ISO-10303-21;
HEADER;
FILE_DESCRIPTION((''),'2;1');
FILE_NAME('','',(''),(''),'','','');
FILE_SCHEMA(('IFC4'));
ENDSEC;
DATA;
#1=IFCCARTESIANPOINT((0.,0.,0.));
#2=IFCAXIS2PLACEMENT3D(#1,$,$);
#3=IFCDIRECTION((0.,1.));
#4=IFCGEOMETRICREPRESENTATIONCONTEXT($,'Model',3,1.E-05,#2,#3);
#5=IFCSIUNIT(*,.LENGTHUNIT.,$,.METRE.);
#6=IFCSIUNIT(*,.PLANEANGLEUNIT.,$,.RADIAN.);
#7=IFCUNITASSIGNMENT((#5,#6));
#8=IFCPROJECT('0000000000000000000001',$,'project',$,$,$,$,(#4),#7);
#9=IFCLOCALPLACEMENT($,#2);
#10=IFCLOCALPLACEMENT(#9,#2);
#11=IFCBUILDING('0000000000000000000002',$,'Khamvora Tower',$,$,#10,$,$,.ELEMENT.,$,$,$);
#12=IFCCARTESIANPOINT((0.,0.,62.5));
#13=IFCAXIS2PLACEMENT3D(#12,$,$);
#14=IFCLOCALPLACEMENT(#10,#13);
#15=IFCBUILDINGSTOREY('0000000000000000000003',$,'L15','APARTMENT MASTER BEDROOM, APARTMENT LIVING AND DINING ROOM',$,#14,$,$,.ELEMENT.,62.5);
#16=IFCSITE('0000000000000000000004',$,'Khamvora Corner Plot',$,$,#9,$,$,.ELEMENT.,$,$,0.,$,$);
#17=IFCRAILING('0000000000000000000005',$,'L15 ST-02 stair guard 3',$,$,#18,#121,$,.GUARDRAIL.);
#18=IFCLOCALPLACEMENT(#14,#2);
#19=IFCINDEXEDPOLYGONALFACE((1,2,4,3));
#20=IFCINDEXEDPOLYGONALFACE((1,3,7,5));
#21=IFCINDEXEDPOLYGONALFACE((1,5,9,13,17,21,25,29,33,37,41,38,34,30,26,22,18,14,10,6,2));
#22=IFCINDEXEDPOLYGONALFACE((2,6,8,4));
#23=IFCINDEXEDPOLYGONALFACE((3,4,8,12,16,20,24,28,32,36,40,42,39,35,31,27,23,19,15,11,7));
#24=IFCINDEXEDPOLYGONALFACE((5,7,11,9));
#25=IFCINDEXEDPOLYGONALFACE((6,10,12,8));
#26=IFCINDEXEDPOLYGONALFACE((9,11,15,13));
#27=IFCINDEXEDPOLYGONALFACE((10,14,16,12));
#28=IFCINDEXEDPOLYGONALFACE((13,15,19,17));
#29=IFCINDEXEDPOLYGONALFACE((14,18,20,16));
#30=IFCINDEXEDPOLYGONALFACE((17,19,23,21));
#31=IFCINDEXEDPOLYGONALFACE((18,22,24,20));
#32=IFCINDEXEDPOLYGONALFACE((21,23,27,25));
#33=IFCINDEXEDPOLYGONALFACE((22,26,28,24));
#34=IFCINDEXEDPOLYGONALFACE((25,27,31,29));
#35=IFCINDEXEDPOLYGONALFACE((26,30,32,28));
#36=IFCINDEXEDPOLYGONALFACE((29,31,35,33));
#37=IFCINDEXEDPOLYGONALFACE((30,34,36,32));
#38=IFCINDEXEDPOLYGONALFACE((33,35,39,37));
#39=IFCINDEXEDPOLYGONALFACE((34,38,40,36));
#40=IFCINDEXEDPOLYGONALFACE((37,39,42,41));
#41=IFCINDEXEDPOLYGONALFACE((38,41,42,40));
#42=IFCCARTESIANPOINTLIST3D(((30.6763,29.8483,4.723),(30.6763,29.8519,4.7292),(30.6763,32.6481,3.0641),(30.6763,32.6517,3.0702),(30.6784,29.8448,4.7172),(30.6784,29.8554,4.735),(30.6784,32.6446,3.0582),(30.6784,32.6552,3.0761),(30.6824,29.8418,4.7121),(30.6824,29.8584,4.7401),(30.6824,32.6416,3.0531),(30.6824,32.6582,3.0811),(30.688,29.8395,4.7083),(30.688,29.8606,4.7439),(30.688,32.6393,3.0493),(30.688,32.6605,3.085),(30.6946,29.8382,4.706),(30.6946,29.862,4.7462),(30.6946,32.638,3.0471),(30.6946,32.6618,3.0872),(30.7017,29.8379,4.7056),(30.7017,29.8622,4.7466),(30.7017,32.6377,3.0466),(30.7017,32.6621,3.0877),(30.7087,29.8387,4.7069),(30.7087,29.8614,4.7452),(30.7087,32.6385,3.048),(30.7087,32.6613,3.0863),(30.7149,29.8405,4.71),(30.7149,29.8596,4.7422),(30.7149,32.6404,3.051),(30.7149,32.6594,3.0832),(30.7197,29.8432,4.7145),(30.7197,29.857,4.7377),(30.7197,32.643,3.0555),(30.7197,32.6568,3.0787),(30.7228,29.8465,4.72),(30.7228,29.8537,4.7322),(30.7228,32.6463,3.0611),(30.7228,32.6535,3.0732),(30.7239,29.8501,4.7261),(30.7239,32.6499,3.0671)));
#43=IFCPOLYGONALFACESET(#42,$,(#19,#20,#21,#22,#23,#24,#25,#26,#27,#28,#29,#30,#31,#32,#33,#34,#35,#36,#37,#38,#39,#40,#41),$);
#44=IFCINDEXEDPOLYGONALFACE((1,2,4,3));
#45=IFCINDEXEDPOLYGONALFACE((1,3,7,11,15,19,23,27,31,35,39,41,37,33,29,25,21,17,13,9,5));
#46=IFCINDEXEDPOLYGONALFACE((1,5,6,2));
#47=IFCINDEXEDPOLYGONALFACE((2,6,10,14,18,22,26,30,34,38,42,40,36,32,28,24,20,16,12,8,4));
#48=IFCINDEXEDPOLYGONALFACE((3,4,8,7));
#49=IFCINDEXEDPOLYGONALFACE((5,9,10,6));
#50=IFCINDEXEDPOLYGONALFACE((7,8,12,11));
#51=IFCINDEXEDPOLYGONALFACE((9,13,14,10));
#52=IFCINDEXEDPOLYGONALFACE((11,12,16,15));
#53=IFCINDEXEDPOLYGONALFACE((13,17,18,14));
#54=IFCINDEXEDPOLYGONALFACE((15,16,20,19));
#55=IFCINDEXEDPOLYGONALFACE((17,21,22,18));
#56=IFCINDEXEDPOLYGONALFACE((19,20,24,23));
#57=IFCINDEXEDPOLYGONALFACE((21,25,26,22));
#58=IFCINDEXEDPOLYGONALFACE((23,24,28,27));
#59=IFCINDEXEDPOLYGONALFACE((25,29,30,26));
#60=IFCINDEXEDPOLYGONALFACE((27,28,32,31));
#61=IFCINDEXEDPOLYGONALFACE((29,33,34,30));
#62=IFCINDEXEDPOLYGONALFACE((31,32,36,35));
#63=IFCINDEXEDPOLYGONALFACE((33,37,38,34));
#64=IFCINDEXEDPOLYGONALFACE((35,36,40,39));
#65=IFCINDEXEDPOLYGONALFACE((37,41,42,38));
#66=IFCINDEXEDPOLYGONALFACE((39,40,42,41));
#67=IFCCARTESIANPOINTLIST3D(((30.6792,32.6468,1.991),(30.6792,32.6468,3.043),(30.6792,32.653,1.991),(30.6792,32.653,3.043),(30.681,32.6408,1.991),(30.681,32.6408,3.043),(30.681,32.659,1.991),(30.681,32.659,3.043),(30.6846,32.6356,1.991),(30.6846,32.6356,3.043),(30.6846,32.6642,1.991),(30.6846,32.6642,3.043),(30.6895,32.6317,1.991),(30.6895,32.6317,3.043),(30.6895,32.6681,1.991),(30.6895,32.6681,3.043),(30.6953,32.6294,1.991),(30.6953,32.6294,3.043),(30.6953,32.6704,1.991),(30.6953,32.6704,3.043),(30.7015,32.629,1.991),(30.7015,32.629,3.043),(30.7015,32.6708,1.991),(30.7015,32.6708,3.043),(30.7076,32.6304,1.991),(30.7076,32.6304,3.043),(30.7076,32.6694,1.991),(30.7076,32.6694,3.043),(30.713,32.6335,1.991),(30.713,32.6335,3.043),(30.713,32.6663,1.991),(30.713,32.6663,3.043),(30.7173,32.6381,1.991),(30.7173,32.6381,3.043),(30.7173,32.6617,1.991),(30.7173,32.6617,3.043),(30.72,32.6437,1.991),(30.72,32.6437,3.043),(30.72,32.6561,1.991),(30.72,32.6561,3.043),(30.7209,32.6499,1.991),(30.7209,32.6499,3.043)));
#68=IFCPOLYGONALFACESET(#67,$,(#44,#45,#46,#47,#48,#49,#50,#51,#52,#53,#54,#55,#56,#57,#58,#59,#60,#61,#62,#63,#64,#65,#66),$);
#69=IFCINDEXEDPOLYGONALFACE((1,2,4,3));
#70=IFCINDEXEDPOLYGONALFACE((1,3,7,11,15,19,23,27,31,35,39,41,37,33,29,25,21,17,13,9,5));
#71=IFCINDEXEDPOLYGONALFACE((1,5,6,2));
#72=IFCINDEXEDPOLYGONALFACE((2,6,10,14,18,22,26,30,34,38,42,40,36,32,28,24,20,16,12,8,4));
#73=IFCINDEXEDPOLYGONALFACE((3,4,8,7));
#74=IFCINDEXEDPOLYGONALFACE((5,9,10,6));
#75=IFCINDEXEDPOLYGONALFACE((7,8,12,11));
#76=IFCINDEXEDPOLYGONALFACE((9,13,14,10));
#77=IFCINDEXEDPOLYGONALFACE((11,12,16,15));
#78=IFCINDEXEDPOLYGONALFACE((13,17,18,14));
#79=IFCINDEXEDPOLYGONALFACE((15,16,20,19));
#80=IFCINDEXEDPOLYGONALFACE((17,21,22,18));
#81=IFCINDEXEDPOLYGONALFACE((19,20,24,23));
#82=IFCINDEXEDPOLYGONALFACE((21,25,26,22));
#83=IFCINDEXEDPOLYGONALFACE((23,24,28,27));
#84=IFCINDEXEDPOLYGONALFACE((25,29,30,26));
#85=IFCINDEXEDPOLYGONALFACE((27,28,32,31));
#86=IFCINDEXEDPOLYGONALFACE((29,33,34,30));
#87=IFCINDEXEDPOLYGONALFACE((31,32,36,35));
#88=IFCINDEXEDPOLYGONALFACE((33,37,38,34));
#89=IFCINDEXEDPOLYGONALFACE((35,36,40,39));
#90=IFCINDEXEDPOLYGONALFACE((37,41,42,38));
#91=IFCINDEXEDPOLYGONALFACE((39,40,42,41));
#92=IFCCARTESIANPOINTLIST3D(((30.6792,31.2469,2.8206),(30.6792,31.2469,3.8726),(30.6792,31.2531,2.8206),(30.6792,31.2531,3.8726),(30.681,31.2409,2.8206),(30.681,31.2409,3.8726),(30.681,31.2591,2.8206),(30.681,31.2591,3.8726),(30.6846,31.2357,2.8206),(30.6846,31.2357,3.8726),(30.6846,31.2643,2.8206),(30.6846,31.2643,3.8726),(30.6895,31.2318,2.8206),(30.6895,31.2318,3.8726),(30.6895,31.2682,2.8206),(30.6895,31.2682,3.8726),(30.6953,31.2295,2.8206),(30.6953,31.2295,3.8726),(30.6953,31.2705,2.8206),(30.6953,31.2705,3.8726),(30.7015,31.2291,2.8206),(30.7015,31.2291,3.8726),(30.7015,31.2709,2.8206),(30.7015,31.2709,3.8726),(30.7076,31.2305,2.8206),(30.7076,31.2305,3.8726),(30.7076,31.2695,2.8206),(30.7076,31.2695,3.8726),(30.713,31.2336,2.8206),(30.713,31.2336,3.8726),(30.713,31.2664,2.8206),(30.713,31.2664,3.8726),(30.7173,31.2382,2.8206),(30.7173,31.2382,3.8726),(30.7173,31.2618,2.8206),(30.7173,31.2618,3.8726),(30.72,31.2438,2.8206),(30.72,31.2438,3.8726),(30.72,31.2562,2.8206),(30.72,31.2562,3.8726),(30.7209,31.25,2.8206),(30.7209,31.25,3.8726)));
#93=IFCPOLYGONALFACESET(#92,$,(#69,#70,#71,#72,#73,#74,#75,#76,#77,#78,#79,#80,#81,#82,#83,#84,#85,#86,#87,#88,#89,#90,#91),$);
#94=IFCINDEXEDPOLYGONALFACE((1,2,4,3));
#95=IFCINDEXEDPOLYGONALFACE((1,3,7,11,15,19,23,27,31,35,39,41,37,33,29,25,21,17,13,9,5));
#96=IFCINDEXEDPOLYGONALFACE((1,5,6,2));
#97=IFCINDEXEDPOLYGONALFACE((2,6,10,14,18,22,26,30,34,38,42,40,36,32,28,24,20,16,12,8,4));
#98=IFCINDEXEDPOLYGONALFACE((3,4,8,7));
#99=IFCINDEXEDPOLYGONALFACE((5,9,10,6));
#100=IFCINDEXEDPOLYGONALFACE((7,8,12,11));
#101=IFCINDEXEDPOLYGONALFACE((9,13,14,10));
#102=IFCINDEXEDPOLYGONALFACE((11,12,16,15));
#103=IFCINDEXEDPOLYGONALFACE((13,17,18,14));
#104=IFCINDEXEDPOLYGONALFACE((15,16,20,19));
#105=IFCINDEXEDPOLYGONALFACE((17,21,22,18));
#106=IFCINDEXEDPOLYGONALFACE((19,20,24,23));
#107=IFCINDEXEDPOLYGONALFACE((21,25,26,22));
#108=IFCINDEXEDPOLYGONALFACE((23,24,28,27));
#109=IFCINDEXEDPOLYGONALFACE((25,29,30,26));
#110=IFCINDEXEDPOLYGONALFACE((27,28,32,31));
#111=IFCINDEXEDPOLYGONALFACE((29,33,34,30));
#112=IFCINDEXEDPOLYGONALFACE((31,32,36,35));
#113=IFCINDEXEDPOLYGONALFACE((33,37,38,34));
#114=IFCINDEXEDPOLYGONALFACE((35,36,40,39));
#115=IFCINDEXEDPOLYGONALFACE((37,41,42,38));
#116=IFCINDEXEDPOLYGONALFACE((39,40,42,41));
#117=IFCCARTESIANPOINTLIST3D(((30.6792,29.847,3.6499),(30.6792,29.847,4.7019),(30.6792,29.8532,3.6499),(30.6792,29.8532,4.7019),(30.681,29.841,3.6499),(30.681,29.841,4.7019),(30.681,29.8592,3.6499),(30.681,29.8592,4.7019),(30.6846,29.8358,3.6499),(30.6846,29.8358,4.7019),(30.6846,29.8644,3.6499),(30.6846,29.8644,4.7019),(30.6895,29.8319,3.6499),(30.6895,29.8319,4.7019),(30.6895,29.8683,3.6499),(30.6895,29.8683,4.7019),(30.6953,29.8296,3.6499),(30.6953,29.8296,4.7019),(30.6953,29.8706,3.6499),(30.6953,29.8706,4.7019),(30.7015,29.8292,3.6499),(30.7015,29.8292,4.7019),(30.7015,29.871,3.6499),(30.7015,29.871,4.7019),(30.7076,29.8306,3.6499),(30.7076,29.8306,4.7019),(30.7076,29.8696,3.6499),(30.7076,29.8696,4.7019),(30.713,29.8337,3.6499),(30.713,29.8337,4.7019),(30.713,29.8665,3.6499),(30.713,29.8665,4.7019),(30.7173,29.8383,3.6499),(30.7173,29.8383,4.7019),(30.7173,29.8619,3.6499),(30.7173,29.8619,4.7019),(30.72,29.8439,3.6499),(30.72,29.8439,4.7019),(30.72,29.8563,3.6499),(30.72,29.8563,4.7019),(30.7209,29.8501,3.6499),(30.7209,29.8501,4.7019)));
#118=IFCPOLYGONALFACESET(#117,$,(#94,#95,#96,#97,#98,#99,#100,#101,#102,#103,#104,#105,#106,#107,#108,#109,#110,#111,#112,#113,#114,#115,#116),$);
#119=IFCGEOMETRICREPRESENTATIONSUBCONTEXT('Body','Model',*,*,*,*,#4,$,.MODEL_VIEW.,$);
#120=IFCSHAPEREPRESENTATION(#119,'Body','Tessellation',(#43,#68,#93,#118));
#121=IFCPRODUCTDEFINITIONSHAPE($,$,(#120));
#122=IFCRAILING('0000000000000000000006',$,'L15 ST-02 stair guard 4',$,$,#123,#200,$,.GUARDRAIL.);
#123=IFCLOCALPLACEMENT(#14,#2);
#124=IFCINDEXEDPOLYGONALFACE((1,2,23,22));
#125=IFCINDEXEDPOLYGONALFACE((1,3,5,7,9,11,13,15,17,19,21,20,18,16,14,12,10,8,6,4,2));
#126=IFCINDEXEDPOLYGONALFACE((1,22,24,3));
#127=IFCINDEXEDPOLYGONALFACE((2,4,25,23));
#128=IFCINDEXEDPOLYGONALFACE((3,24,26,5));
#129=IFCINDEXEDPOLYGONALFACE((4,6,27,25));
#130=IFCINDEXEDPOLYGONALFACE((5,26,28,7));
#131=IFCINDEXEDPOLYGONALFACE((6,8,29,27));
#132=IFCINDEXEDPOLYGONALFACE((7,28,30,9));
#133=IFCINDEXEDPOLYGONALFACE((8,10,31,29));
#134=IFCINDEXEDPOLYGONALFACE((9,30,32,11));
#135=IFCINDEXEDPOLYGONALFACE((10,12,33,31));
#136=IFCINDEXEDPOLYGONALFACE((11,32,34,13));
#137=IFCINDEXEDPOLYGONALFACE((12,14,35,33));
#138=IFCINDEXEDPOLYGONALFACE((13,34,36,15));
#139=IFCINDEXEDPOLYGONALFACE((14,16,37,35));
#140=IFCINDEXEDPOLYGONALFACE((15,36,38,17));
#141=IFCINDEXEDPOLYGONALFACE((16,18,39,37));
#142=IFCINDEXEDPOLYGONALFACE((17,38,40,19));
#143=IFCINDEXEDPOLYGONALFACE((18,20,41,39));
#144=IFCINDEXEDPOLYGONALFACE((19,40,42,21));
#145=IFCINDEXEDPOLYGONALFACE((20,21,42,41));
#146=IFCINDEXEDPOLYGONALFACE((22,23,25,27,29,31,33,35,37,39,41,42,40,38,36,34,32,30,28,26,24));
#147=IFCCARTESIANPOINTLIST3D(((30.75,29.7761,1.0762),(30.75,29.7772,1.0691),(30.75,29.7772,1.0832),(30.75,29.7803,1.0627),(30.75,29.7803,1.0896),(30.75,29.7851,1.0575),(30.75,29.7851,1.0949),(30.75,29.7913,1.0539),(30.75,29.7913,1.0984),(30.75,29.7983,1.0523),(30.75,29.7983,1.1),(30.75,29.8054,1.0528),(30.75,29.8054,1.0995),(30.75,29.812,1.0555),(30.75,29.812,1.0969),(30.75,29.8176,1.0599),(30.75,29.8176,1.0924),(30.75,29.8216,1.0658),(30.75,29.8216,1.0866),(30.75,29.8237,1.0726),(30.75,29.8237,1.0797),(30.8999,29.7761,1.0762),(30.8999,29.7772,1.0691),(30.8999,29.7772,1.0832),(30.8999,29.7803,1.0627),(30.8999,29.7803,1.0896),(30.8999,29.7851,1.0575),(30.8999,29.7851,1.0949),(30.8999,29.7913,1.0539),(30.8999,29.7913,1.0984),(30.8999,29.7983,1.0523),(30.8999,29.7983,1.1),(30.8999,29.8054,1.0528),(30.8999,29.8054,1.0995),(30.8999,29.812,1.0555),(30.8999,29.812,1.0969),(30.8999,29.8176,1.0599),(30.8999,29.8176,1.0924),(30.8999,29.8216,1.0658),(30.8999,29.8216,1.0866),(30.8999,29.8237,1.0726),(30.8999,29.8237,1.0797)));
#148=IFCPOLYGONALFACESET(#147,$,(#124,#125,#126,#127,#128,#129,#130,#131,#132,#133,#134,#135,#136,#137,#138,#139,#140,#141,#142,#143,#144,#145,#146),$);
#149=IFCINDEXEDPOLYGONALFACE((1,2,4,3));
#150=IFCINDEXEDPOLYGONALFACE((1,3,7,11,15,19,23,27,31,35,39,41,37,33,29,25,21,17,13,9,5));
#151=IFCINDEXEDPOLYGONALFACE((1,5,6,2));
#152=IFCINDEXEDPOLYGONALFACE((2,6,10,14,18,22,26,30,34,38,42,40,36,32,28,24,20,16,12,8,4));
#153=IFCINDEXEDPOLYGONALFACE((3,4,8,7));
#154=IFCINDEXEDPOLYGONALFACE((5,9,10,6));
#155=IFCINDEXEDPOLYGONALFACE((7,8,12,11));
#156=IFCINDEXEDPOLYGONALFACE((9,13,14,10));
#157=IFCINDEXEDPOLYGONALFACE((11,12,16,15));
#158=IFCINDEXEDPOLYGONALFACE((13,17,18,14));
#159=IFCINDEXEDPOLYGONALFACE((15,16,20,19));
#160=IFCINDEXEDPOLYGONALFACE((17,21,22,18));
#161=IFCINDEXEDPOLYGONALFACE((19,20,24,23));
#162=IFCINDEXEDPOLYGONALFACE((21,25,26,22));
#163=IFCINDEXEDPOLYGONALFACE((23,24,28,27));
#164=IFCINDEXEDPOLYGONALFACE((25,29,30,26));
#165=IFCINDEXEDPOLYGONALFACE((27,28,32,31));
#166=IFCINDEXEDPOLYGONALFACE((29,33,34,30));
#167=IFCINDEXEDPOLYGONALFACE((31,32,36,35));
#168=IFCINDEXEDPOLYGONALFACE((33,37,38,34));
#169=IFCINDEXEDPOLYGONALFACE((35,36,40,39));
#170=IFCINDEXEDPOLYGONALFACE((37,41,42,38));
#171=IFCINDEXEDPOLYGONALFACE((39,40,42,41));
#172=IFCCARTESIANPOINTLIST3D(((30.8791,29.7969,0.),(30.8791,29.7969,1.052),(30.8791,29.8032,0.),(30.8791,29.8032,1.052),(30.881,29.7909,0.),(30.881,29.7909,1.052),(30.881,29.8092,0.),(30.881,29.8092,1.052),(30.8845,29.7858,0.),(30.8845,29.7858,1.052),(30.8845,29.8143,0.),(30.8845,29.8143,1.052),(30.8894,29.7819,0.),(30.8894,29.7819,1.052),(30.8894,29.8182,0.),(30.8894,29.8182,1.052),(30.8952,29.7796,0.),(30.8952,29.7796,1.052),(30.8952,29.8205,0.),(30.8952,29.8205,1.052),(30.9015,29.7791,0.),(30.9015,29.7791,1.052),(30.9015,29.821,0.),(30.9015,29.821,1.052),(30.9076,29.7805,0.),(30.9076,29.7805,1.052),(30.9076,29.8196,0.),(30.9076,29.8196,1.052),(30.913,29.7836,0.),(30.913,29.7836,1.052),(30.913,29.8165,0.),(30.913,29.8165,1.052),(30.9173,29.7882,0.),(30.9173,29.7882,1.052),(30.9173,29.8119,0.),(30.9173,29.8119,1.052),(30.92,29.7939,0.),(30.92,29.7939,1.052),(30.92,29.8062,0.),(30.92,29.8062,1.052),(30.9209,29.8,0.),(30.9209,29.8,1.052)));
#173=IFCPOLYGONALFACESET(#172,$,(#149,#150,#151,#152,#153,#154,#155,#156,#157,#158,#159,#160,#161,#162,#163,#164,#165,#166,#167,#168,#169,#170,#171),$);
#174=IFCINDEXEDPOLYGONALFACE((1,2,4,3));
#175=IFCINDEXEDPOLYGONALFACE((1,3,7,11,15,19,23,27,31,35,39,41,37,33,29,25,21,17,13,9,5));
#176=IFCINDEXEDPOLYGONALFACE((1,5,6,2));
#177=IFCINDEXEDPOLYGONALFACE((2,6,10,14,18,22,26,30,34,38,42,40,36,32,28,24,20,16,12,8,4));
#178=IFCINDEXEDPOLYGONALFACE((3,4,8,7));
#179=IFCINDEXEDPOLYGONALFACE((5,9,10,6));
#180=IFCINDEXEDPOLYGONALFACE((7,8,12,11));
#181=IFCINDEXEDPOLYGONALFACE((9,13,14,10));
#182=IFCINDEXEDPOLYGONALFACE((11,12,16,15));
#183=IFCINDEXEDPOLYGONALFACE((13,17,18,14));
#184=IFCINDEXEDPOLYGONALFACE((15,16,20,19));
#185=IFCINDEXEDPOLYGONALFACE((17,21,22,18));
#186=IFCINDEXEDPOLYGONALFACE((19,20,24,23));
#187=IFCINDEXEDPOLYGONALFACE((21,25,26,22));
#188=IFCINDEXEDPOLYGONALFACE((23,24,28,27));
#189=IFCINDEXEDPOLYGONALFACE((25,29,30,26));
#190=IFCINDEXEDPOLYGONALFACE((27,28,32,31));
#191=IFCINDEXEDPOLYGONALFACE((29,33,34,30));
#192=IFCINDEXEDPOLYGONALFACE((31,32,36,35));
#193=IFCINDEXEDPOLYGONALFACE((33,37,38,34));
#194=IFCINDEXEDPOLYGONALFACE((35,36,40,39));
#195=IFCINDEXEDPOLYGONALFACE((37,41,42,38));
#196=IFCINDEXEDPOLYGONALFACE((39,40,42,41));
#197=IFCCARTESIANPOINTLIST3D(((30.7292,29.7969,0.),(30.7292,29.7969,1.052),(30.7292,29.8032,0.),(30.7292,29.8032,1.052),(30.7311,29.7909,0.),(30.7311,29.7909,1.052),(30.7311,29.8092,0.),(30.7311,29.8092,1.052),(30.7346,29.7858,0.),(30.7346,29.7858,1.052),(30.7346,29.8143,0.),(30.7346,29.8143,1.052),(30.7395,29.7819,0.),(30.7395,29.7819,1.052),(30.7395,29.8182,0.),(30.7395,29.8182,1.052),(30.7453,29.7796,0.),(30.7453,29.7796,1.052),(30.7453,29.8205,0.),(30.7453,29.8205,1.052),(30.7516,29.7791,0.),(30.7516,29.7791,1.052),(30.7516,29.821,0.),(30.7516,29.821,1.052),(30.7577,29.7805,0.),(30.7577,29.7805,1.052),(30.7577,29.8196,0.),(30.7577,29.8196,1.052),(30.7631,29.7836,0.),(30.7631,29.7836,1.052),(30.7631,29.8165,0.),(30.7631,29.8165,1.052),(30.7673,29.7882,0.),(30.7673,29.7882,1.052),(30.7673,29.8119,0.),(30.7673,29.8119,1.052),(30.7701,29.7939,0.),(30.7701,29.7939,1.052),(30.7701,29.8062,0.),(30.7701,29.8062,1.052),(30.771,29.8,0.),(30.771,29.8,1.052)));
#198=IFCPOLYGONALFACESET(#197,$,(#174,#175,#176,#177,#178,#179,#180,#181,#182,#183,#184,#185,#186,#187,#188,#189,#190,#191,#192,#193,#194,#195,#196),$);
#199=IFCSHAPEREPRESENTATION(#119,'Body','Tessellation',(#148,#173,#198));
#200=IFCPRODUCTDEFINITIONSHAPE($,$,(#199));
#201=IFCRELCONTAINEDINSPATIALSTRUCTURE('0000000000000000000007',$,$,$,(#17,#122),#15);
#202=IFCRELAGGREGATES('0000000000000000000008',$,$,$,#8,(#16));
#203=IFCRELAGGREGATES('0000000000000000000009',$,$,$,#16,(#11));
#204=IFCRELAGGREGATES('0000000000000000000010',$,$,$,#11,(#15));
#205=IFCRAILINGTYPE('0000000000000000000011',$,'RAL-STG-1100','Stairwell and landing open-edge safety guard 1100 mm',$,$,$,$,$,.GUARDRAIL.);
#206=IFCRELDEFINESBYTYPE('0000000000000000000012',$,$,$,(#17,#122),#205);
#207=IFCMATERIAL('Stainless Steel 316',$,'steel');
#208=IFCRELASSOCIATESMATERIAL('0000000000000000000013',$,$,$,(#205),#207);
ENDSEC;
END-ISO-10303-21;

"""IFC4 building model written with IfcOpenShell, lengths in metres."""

from ifc_helpers import new_model, si_unit, direction, frame, origin, origin_2d, place, context, subcontext, project, spatial, circle, extrude, material, type_object, element, save


model = new_model("IFC4")

# Units and contexts
model_context = context("Model", 3, precision=1e-05, world=origin(), true_north=direction((0.0, 1.0)))
body_context = subcontext(model_context, "Body", "Model", "MODEL_VIEW")
ifc_project = project(units=[si_unit("LENGTHUNIT", "METRE"), si_unit("PLANEANGLEUNIT", "RADIAN")], contexts=[model_context])

# Site, building, storey
site_placement = place(None, origin())
site = spatial("IfcSite", under=ifc_project, at=site_placement, Name="Khamvora Corner Plot", CompositionType="ELEMENT", RefElevation=0.0)
building_placement = place(site_placement, origin())
building = spatial("IfcBuilding", under=site, at=building_placement, Name="Khamvora Tower", CompositionType="ELEMENT")
storey_placement = place(building_placement, frame((0.0, 0.0, 62.5)))
storey = spatial("IfcBuildingStorey", under=building, at=storey_placement, Name="L15", Description="APARTMENT MASTER BEDROOM, APARTMENT LIVING AND DINING ROOM", CompositionType="ELEMENT", Elevation=62.5)

# Railings
ifc_material_1 = material(Name="Stainless Steel 316", Category="steel")
railing_type_1 = type_object("IfcRailingType", Name="RAL-STG-1100", Description="Stairwell and landing open-edge safety guard 1100 mm", PredefinedType="GUARDRAIL", material=ifc_material_1)
railing_1_placement = place(storey_placement, frame((30.7, 32.6499, 1.991)))
element("IfcRailing", 1, at=railing_1_placement, inside=storey, type_object=railing_type_1, Name="L15 ST-02 stair guard 3", PredefinedType="GUARDRAIL", context=body_context, shape_type="SweptSolid", body=[
    extrude(circle(Radius=0.0239, at=origin_2d()), frame((0.0, 0.0, 1.0762), z_axis=(0.0, -0.86032, 0.509755), x_axis=(1.0, 0.0, 0.0)), (0.0, 0.0, 1.0), 3.2544),
    extrude(circle(Radius=0.021, at=origin_2d()), origin(), (0.0, 0.0, 1.0), 1.052),
    extrude(circle(Radius=0.021, at=origin_2d()), frame((0.0, -1.3999, 0.8296)), (0.0, 0.0, 1.0), 1.052),
    extrude(circle(Radius=0.021, at=origin_2d()), frame((0.0, -2.7998, 1.6589)), (0.0, 0.0, 1.0), 1.052),
])
railing_2_placement = place(storey_placement, frame((30.8999, 29.8, 0.0)))
element("IfcRailing", 2, at=railing_2_placement, inside=storey, type_object=railing_type_1, Name="L15 ST-02 stair guard 4", PredefinedType="GUARDRAIL", context=body_context, shape_type="SweptSolid", body=[
    extrude(circle(Radius=0.0239, at=origin_2d()), frame((0.0, 0.0, 1.0762), z_axis=(-1.0, 0.0, 0.0), x_axis=(0.0, -1.0, 0.0)), (0.0, 0.0, 1.0), 0.1499),
    extrude(circle(Radius=0.021, at=origin_2d()), origin(), (0.0, 0.0, 1.0), 1.052),
    extrude(circle(Radius=0.021, at=origin_2d()), frame((-0.1499, 0.0, 0.0)), (0.0, 0.0, 1.0), 1.052),
])

save(model, "model.ifc")
